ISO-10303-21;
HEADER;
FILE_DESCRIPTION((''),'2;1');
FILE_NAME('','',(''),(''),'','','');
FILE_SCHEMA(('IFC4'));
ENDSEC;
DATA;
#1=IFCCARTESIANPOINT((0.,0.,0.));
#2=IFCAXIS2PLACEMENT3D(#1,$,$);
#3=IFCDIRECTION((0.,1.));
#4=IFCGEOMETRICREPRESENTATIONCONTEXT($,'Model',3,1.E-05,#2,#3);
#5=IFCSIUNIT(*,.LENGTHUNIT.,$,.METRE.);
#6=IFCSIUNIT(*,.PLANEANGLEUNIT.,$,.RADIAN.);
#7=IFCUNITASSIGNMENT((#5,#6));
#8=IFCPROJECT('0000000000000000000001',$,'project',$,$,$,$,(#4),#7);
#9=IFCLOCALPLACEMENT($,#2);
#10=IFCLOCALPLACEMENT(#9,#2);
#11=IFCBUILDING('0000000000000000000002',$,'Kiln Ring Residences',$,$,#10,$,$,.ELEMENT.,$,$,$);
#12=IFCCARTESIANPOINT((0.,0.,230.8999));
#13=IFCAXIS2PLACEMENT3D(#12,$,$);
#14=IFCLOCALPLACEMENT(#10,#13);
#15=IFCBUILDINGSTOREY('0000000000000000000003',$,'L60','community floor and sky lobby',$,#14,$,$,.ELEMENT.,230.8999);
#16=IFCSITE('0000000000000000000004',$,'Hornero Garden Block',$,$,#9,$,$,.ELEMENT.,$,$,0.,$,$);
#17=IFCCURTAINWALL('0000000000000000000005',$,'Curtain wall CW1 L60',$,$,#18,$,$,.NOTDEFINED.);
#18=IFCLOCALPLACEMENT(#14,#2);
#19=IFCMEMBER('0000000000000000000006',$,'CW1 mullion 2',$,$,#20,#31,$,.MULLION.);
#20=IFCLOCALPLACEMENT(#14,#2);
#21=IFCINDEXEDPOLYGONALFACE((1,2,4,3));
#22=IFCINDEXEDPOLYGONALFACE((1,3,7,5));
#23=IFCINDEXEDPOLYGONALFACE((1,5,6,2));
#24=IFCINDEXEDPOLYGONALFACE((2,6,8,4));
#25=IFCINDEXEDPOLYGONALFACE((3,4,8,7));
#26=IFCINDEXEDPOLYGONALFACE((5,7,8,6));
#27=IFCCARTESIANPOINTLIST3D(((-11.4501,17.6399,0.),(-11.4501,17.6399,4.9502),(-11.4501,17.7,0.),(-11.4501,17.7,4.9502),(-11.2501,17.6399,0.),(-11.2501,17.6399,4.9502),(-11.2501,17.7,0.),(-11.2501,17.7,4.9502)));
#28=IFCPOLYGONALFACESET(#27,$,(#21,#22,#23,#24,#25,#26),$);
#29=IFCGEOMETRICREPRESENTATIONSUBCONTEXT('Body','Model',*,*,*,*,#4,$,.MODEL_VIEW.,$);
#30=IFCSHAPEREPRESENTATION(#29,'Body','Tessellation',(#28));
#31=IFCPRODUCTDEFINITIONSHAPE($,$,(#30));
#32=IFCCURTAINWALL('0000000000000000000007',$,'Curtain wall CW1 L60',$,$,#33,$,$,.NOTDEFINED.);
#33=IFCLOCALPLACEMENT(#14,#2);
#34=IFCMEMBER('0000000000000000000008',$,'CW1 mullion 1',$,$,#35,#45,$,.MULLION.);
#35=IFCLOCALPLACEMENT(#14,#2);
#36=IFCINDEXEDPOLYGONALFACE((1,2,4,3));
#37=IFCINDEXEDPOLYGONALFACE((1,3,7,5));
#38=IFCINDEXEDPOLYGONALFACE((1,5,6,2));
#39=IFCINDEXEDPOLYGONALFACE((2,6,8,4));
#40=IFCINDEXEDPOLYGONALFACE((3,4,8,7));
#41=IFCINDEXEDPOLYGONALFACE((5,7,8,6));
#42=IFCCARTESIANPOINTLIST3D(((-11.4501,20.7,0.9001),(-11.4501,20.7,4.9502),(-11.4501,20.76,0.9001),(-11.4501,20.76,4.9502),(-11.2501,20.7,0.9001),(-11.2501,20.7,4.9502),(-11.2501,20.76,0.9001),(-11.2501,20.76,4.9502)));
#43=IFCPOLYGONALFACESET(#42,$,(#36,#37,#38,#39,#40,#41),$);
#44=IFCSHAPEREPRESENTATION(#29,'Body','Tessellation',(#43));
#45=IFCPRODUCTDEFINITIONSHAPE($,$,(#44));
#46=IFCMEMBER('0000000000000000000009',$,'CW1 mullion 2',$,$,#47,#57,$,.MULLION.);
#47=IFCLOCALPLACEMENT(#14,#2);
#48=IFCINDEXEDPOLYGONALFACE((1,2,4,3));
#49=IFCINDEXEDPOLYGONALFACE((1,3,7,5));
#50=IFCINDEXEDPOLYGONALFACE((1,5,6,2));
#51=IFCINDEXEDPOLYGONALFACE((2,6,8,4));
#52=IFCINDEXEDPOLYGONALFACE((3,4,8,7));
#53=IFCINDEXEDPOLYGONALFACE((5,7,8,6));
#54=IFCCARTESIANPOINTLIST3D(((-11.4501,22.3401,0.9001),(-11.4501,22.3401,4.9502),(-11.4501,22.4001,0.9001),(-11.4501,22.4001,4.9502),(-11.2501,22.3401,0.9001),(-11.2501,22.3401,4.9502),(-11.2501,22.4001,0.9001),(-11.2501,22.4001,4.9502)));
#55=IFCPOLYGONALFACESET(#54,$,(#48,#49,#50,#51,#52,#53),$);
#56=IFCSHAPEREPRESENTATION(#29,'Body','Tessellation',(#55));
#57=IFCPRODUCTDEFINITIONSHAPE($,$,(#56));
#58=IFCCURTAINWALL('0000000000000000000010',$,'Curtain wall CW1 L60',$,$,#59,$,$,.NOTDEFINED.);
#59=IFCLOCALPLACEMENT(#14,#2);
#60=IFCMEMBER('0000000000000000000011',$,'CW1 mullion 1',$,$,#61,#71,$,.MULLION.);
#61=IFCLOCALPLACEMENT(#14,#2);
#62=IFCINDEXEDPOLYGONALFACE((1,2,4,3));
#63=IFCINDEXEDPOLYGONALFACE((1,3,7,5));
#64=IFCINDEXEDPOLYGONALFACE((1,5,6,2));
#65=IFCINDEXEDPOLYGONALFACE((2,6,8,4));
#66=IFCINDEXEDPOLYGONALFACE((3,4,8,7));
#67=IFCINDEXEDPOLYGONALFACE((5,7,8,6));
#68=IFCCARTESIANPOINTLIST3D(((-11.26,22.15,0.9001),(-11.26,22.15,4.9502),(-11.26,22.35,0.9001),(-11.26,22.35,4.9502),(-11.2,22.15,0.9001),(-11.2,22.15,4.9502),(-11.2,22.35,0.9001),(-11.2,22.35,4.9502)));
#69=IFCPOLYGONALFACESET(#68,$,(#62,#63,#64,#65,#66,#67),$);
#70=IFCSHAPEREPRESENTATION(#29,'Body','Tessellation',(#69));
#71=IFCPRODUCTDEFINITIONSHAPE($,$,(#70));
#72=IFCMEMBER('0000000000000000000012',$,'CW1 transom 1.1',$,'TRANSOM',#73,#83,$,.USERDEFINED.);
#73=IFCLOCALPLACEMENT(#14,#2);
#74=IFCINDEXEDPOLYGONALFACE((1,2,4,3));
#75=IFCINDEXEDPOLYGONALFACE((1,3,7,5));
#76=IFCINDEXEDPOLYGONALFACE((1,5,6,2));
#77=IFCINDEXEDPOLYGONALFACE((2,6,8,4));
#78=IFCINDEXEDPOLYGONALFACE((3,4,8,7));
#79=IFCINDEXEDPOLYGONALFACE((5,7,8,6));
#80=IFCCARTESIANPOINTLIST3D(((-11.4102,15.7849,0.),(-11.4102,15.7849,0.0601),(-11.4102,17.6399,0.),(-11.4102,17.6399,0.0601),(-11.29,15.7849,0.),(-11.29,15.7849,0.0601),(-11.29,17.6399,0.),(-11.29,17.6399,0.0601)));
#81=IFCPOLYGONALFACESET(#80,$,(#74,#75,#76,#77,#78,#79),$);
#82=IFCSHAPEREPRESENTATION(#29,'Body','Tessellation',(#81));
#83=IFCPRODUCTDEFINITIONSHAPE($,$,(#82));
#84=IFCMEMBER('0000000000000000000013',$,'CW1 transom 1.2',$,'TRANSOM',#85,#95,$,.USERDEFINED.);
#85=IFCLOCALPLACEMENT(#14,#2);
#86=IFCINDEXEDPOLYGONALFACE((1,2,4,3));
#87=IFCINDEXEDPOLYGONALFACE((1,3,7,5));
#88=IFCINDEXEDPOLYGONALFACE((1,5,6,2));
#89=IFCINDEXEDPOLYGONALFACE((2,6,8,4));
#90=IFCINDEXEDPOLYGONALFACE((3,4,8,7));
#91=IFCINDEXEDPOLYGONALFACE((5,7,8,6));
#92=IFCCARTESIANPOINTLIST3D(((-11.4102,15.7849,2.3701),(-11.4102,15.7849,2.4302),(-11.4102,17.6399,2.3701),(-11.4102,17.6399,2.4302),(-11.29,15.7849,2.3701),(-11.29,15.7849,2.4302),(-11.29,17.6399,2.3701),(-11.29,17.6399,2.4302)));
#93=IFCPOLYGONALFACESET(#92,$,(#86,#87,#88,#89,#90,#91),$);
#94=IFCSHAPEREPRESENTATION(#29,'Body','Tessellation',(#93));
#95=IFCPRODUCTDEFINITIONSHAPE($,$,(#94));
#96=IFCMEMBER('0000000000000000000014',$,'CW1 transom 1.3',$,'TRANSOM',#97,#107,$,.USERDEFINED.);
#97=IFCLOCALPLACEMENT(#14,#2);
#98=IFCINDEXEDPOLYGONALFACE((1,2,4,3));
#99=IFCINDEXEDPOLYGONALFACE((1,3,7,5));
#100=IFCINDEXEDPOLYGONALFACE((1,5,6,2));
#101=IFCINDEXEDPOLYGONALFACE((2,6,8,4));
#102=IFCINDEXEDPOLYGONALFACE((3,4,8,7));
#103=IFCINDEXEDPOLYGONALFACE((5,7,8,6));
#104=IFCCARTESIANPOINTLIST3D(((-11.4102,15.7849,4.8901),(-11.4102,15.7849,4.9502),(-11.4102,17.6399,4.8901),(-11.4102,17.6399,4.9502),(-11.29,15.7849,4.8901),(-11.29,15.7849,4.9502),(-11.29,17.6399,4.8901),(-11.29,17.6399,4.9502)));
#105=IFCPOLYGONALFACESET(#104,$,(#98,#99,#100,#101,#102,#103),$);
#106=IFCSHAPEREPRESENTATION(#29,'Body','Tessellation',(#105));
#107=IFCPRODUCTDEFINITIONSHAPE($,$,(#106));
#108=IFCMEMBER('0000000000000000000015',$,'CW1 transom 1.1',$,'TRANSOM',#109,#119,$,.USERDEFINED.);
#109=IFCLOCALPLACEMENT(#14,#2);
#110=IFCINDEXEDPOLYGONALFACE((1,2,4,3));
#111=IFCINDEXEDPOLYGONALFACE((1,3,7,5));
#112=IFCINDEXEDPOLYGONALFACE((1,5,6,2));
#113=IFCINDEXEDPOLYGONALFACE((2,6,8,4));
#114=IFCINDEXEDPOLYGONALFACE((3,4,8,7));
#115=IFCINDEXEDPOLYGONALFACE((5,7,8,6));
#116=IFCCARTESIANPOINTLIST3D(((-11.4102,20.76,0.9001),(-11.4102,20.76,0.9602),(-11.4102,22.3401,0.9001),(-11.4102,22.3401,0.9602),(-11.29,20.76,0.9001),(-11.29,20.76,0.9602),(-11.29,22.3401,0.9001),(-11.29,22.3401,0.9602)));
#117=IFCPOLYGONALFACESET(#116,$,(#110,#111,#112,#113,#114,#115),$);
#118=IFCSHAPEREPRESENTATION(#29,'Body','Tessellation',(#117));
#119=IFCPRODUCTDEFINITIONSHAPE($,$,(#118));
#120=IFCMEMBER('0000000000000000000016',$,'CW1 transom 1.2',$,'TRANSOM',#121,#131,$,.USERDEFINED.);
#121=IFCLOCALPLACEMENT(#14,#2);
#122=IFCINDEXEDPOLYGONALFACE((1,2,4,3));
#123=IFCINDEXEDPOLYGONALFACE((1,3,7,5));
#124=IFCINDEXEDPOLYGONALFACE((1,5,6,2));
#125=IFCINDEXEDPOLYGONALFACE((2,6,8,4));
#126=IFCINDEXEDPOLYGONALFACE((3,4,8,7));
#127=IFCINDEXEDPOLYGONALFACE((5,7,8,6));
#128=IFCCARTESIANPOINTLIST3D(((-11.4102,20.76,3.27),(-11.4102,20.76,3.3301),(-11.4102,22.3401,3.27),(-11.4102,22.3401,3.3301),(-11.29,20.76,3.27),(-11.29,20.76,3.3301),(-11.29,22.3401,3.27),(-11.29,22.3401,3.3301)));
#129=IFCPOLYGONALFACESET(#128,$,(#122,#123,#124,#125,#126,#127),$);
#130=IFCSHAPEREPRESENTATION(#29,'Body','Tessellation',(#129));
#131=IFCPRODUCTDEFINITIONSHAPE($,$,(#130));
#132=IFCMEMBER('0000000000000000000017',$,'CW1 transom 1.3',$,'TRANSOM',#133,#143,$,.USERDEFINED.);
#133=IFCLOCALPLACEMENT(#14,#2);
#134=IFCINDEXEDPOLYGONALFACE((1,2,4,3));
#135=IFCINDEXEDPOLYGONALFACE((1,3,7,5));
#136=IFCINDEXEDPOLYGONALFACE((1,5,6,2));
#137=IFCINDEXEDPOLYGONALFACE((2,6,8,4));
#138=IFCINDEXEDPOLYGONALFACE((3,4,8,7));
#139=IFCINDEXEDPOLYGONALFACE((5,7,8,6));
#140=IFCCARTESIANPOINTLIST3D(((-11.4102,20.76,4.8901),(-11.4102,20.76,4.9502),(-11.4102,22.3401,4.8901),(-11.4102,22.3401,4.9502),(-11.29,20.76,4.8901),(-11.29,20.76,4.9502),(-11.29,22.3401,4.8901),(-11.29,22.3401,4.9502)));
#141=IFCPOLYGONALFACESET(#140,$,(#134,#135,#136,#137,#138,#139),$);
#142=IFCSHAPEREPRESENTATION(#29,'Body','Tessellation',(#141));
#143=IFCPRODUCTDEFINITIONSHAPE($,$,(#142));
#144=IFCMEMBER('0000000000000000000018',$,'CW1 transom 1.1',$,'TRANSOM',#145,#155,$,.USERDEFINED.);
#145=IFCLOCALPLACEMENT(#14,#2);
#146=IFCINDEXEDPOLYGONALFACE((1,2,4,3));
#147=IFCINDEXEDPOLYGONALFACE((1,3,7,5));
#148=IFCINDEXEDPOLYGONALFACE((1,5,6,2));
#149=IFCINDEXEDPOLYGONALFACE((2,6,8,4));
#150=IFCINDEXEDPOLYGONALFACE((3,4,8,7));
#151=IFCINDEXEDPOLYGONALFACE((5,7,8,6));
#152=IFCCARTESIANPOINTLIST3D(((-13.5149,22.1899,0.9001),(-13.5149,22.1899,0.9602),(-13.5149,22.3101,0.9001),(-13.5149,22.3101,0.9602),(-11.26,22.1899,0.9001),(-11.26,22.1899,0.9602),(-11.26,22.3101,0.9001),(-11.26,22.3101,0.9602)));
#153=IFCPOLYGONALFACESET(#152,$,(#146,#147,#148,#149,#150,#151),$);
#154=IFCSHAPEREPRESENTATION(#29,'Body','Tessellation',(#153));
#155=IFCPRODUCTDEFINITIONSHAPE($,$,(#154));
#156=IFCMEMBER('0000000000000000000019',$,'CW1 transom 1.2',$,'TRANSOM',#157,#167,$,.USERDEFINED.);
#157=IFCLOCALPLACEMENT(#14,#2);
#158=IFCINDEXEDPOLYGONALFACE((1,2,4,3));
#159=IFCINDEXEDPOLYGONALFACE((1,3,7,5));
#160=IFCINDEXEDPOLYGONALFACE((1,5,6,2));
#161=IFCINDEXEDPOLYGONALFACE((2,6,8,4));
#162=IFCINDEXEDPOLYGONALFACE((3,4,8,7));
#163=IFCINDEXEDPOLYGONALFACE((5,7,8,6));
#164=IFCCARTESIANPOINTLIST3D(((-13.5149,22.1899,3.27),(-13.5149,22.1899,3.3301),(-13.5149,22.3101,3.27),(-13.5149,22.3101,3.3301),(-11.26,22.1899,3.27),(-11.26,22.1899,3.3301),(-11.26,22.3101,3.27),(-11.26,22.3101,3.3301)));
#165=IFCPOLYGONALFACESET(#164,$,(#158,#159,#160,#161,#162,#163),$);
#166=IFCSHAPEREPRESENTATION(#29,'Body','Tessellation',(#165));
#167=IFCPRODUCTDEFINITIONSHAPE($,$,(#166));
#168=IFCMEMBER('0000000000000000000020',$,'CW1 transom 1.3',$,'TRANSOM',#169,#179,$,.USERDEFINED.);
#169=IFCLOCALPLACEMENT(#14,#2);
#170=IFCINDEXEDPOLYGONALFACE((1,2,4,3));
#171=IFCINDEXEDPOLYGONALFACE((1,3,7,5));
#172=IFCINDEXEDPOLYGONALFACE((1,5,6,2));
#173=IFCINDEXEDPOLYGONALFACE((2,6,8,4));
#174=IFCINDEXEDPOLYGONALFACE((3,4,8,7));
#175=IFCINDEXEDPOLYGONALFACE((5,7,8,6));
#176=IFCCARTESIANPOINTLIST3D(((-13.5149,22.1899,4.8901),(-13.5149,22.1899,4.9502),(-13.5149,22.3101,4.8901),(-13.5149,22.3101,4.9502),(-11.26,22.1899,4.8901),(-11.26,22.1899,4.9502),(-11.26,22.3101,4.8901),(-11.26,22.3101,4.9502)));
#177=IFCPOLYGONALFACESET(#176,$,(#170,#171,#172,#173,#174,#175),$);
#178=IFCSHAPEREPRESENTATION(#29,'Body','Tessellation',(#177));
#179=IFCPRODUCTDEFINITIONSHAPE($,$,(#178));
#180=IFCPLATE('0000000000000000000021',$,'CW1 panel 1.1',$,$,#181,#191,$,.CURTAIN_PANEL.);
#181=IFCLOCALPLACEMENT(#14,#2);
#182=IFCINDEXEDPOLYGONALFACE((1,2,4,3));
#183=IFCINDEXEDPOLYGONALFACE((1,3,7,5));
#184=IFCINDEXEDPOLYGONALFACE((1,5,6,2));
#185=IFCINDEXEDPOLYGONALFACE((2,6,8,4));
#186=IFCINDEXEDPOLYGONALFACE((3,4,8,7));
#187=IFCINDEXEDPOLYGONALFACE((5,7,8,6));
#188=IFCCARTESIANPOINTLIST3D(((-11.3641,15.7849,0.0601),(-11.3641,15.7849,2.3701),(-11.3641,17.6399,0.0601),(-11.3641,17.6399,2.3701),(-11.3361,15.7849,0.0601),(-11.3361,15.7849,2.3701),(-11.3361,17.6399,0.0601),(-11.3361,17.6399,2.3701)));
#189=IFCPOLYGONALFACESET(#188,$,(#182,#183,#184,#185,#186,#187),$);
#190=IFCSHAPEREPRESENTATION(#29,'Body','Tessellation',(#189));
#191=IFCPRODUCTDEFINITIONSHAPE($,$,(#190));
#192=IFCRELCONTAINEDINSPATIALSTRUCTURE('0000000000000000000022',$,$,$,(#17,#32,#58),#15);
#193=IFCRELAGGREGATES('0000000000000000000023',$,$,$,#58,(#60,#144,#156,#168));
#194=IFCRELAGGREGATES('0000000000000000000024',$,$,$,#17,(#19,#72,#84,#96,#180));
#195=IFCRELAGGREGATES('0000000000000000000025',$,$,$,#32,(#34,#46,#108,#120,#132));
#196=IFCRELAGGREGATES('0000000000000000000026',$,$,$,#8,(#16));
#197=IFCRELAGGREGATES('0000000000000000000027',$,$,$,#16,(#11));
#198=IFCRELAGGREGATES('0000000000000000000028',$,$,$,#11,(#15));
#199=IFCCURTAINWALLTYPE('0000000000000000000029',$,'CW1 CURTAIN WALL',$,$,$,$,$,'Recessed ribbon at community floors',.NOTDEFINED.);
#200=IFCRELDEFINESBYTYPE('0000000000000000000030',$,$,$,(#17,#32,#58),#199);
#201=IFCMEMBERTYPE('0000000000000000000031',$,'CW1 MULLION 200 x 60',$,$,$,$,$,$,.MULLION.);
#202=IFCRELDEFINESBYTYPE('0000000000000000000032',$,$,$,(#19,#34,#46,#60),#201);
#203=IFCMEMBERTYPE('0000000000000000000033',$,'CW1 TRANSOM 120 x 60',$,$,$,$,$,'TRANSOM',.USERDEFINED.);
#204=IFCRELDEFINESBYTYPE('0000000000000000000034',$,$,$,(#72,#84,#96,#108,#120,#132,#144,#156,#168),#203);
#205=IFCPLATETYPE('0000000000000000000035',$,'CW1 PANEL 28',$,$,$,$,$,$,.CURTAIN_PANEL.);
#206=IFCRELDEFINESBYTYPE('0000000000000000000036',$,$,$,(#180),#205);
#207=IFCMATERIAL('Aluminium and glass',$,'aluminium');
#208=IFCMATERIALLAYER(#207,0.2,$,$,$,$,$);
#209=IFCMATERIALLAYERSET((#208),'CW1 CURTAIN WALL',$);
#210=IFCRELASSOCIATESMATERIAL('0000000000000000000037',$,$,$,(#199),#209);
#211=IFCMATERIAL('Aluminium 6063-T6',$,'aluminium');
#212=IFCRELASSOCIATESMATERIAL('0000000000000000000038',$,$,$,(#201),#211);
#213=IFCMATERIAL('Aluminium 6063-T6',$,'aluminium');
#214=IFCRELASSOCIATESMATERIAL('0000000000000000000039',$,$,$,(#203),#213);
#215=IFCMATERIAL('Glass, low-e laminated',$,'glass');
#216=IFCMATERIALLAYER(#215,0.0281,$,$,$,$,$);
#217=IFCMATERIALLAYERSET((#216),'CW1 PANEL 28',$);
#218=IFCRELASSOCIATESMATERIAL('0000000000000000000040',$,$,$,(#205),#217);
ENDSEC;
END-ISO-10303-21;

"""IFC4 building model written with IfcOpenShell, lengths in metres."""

from ifc_helpers import new_model, si_unit, direction, frame, origin, origin_2d, place, context, subcontext, project, spatial, rectangle, extrude, material, layer, layer_set, material_profile, profile_set, type_object, element, aggregate, save


model = new_model("IFC4")

# Units and contexts
model_context = context("Model", 3, precision=1e-05, world=origin(), true_north=direction((0.0, 1.0)))
body_context = subcontext(model_context, "Body", "Model", "MODEL_VIEW")
ifc_project = project(units=[si_unit("LENGTHUNIT", "METRE"), si_unit("PLANEANGLEUNIT", "RADIAN")], contexts=[model_context])

# Site, building, storey
site_placement = place(None, origin())
site = spatial("IfcSite", under=ifc_project, at=site_placement, Name="Hornero Garden Block", CompositionType="ELEMENT", RefElevation=0.0)
building_placement = place(site_placement, origin())
building = spatial("IfcBuilding", under=site, at=building_placement, Name="Kiln Ring Residences", CompositionType="ELEMENT")
storey_placement = place(building_placement, frame((0.0, 0.0, 230.8999)))
storey = spatial("IfcBuildingStorey", under=building, at=storey_placement, Name="L60", Description="community floor and sky lobby", CompositionType="ELEMENT", Elevation=230.8999)

# Curtain wall, member
ifc_material_1 = material(Name="Aluminium and glass", Category="aluminium")
ifc_layer_1 = layer(ifc_material_1, 0.2)
ifc_layer_set_1 = layer_set([ifc_layer_1], Name="CW1 CURTAIN WALL")
curtain_wall_type = type_object("IfcCurtainWallType", Name="CW1 CURTAIN WALL", ElementType="Recessed ribbon at community floors", PredefinedType="NOTDEFINED", material=ifc_layer_set_1)
placement = place(storey_placement, origin())
curtain_wall_1 = element("IfcCurtainWall", 1, at=placement, inside=storey, type_object=curtain_wall_type, Name="Curtain wall CW1 L60", PredefinedType="NOTDEFINED")
ifc_material_2 = material(Name="Aluminium 6063-T6", Category="aluminium")
ifc_material_profile_1 = material_profile(ifc_material_2, rectangle(XDim=0.2, YDim=0.0601, at=origin_2d()), Name="AL 200x60")
ifc_profile_set_1 = profile_set([ifc_material_profile_1], Name="Aluminium 6063-T6")
member_type_1 = type_object("IfcMemberType", Name="CW1 MULLION 200 x 60", PredefinedType="MULLION", material=ifc_profile_set_1)
member_1_placement = place(storey_placement, frame((-11.3501, 17.6699, 0.0), z_axis=(0.0, 0.0, 1.0), x_axis=(-1.0, 0.0, 0.0)))
member_1 = element("IfcMember", 2, at=member_1_placement, type_object=member_type_1, Name="CW1 mullion 2", PredefinedType="MULLION", context=body_context, shape_type="SweptSolid", body=[
    extrude(rectangle(XDim=0.2, YDim=0.0601, at=origin_2d()), origin(), (0.0, 0.0, 1.0), 4.9502),
])

# Curtain wall, members
curtain_wall_2 = element("IfcCurtainWall", 3, at=placement, inside=storey, type_object=curtain_wall_type, Name="Curtain wall CW1 L60", PredefinedType="NOTDEFINED")
member_2_placement = place(storey_placement, frame((-11.3501, 20.73, 0.9001), z_axis=(0.0, 0.0, 1.0), x_axis=(-1.0, 0.0, 0.0)))
member_2 = element("IfcMember", 4, at=member_2_placement, type_object=member_type_1, Name="CW1 mullion 1", PredefinedType="MULLION", context=body_context, shape_type="SweptSolid", body=[
    extrude(rectangle(XDim=0.2, YDim=0.0601, at=origin_2d()), origin(), (0.0, 0.0, 1.0), 4.05),
])
member_3_placement = place(storey_placement, frame((-11.3501, 22.3701, 0.9001), z_axis=(0.0, 0.0, 1.0), x_axis=(-1.0, 0.0, 0.0)))
member_3 = element("IfcMember", 5, at=member_3_placement, type_object=member_type_1, Name="CW1 mullion 2", PredefinedType="MULLION", context=body_context, shape_type="SweptSolid", body=[
    extrude(rectangle(XDim=0.2, YDim=0.0601, at=origin_2d()), origin(), (0.0, 0.0, 1.0), 4.05),
])

# Curtain wall, member
curtain_wall_3 = element("IfcCurtainWall", 6, at=placement, inside=storey, type_object=curtain_wall_type, Name="Curtain wall CW1 L60", PredefinedType="NOTDEFINED")
member_4_placement = place(storey_placement, frame((-11.23, 22.25, 0.9001), z_axis=(0.0, 0.0, 1.0), x_axis=(0.0, -1.0, 0.0)))
member_4 = element("IfcMember", 7, at=member_4_placement, type_object=member_type_1, Name="CW1 mullion 1", PredefinedType="MULLION", context=body_context, shape_type="SweptSolid", body=[
    extrude(rectangle(XDim=0.2, YDim=0.0601, at=origin_2d()), origin(), (0.0, 0.0, 1.0), 4.05),
])

# Members
ifc_material_3 = material(Name="Aluminium 6063-T6", Category="aluminium")
ifc_material_profile_2 = material_profile(ifc_material_3, rectangle(XDim=0.1201, YDim=0.0601, at=origin_2d()), Name="AL 120x60")
ifc_profile_set_2 = profile_set([ifc_material_profile_2], Name="Aluminium 6063-T6")
member_type_2 = type_object("IfcMemberType", Name="CW1 TRANSOM 120 x 60", ElementType="TRANSOM", PredefinedType="USERDEFINED", material=ifc_profile_set_2)
member_5_placement = place(storey_placement, frame((-11.3501, 15.7849, 0.03), z_axis=(0.0, 1.0, 0.0), x_axis=(-1.0, 0.0, 0.0)))
member_5 = element("IfcMember", 8, at=member_5_placement, type_object=member_type_2, Name="CW1 transom 1.1", ObjectType="TRANSOM", PredefinedType="USERDEFINED", context=body_context, shape_type="SweptSolid", body=[
    extrude(rectangle(XDim=0.1201, YDim=0.0601, at=origin_2d()), origin(), (0.0, 0.0, 1.0), 1.855),
])
member_6_placement = place(storey_placement, frame((-11.3501, 15.7849, 2.4001), z_axis=(0.0, 1.0, 0.0), x_axis=(-1.0, 0.0, 0.0)))
member_6 = element("IfcMember", 9, at=member_6_placement, type_object=member_type_2, Name="CW1 transom 1.2", ObjectType="TRANSOM", PredefinedType="USERDEFINED", context=body_context, shape_type="SweptSolid", body=[
    extrude(rectangle(XDim=0.1201, YDim=0.0601, at=origin_2d()), origin(), (0.0, 0.0, 1.0), 1.855),
])
member_7_placement = place(storey_placement, frame((-11.3501, 15.7849, 4.9202), z_axis=(0.0, 1.0, 0.0), x_axis=(-1.0, 0.0, 0.0)))
member_7 = element("IfcMember", 10, at=member_7_placement, type_object=member_type_2, Name="CW1 transom 1.3", ObjectType="TRANSOM", PredefinedType="USERDEFINED", context=body_context, shape_type="SweptSolid", body=[
    extrude(rectangle(XDim=0.1201, YDim=0.0601, at=origin_2d()), origin(), (0.0, 0.0, 1.0), 1.855),
])
member_8_placement = place(storey_placement, frame((-11.3501, 20.76, 0.9302), z_axis=(0.0, 1.0, 0.0), x_axis=(-1.0, 0.0, 0.0)))
member_8 = element("IfcMember", 11, at=member_8_placement, type_object=member_type_2, Name="CW1 transom 1.1", ObjectType="TRANSOM", PredefinedType="USERDEFINED", context=body_context, shape_type="SweptSolid", body=[
    extrude(rectangle(XDim=0.1201, YDim=0.0601, at=origin_2d()), origin(), (0.0, 0.0, 1.0), 1.5801),
])
member_9_placement = place(storey_placement, frame((-11.3501, 20.76, 3.3), z_axis=(0.0, 1.0, 0.0), x_axis=(-1.0, 0.0, 0.0)))
member_9 = element("IfcMember", 12, at=member_9_placement, type_object=member_type_2, Name="CW1 transom 1.2", ObjectType="TRANSOM", PredefinedType="USERDEFINED", context=body_context, shape_type="SweptSolid", body=[
    extrude(rectangle(XDim=0.1201, YDim=0.0601, at=origin_2d()), origin(), (0.0, 0.0, 1.0), 1.5801),
])
member_10_placement = place(storey_placement, frame((-11.3501, 20.76, 4.9202), z_axis=(0.0, 1.0, 0.0), x_axis=(-1.0, 0.0, 0.0)))
member_10 = element("IfcMember", 13, at=member_10_placement, type_object=member_type_2, Name="CW1 transom 1.3", ObjectType="TRANSOM", PredefinedType="USERDEFINED", context=body_context, shape_type="SweptSolid", body=[
    extrude(rectangle(XDim=0.1201, YDim=0.0601, at=origin_2d()), origin(), (0.0, 0.0, 1.0), 1.5801),
])
member_11_placement = place(storey_placement, frame((-11.26, 22.25, 0.9302), z_axis=(-1.0, 0.0, 0.0), x_axis=(0.0, -1.0, 0.0)))
member_11 = element("IfcMember", 14, at=member_11_placement, type_object=member_type_2, Name="CW1 transom 1.1", ObjectType="TRANSOM", PredefinedType="USERDEFINED", context=body_context, shape_type="SweptSolid", body=[
    extrude(rectangle(XDim=0.1201, YDim=0.0601, at=origin_2d()), origin(), (0.0, 0.0, 1.0), 2.2549),
])
member_12_placement = place(storey_placement, frame((-11.26, 22.25, 3.3), z_axis=(-1.0, 0.0, 0.0), x_axis=(0.0, -1.0, 0.0)))
member_12 = element("IfcMember", 15, at=member_12_placement, type_object=member_type_2, Name="CW1 transom 1.2", ObjectType="TRANSOM", PredefinedType="USERDEFINED", context=body_context, shape_type="SweptSolid", body=[
    extrude(rectangle(XDim=0.1201, YDim=0.0601, at=origin_2d()), origin(), (0.0, 0.0, 1.0), 2.2549),
])
member_13_placement = place(storey_placement, frame((-11.26, 22.25, 4.9202), z_axis=(-1.0, 0.0, 0.0), x_axis=(0.0, -1.0, 0.0)))
member_13 = element("IfcMember", 16, at=member_13_placement, type_object=member_type_2, Name="CW1 transom 1.3", ObjectType="TRANSOM", PredefinedType="USERDEFINED", context=body_context, shape_type="SweptSolid", body=[
    extrude(rectangle(XDim=0.1201, YDim=0.0601, at=origin_2d()), origin(), (0.0, 0.0, 1.0), 2.2549),
])
aggregate(curtain_wall_3, [member_4, member_11, member_12, member_13])

# Plate
ifc_material_4 = material(Name="Glass, low-e laminated", Category="glass")
ifc_layer_2 = layer(ifc_material_4, 0.0281)
ifc_layer_set_2 = layer_set([ifc_layer_2], Name="CW1 PANEL 28")
plate_type = type_object("IfcPlateType", Name="CW1 PANEL 28", PredefinedType="CURTAIN_PANEL", material=ifc_layer_set_2)
plate_1_placement = place(storey_placement, frame((-11.3501, 16.7124, 0.0601), z_axis=(0.0, 0.0, 1.0), x_axis=(0.0, 1.0, 0.0)))
plate_1 = element("IfcPlate", 17, at=plate_1_placement, type_object=plate_type, Name="CW1 panel 1.1", PredefinedType="CURTAIN_PANEL", context=body_context, shape_type="SweptSolid", body=[
    extrude(rectangle(XDim=1.855, YDim=0.0281, at=origin_2d()), origin(), (0.0, 0.0, 1.0), 2.3101),
])
aggregate(curtain_wall_1, [member_1, member_5, member_6, member_7, plate_1])
aggregate(curtain_wall_2, [member_2, member_3, member_8, member_9, member_10])

save(model, "model.ifc")
